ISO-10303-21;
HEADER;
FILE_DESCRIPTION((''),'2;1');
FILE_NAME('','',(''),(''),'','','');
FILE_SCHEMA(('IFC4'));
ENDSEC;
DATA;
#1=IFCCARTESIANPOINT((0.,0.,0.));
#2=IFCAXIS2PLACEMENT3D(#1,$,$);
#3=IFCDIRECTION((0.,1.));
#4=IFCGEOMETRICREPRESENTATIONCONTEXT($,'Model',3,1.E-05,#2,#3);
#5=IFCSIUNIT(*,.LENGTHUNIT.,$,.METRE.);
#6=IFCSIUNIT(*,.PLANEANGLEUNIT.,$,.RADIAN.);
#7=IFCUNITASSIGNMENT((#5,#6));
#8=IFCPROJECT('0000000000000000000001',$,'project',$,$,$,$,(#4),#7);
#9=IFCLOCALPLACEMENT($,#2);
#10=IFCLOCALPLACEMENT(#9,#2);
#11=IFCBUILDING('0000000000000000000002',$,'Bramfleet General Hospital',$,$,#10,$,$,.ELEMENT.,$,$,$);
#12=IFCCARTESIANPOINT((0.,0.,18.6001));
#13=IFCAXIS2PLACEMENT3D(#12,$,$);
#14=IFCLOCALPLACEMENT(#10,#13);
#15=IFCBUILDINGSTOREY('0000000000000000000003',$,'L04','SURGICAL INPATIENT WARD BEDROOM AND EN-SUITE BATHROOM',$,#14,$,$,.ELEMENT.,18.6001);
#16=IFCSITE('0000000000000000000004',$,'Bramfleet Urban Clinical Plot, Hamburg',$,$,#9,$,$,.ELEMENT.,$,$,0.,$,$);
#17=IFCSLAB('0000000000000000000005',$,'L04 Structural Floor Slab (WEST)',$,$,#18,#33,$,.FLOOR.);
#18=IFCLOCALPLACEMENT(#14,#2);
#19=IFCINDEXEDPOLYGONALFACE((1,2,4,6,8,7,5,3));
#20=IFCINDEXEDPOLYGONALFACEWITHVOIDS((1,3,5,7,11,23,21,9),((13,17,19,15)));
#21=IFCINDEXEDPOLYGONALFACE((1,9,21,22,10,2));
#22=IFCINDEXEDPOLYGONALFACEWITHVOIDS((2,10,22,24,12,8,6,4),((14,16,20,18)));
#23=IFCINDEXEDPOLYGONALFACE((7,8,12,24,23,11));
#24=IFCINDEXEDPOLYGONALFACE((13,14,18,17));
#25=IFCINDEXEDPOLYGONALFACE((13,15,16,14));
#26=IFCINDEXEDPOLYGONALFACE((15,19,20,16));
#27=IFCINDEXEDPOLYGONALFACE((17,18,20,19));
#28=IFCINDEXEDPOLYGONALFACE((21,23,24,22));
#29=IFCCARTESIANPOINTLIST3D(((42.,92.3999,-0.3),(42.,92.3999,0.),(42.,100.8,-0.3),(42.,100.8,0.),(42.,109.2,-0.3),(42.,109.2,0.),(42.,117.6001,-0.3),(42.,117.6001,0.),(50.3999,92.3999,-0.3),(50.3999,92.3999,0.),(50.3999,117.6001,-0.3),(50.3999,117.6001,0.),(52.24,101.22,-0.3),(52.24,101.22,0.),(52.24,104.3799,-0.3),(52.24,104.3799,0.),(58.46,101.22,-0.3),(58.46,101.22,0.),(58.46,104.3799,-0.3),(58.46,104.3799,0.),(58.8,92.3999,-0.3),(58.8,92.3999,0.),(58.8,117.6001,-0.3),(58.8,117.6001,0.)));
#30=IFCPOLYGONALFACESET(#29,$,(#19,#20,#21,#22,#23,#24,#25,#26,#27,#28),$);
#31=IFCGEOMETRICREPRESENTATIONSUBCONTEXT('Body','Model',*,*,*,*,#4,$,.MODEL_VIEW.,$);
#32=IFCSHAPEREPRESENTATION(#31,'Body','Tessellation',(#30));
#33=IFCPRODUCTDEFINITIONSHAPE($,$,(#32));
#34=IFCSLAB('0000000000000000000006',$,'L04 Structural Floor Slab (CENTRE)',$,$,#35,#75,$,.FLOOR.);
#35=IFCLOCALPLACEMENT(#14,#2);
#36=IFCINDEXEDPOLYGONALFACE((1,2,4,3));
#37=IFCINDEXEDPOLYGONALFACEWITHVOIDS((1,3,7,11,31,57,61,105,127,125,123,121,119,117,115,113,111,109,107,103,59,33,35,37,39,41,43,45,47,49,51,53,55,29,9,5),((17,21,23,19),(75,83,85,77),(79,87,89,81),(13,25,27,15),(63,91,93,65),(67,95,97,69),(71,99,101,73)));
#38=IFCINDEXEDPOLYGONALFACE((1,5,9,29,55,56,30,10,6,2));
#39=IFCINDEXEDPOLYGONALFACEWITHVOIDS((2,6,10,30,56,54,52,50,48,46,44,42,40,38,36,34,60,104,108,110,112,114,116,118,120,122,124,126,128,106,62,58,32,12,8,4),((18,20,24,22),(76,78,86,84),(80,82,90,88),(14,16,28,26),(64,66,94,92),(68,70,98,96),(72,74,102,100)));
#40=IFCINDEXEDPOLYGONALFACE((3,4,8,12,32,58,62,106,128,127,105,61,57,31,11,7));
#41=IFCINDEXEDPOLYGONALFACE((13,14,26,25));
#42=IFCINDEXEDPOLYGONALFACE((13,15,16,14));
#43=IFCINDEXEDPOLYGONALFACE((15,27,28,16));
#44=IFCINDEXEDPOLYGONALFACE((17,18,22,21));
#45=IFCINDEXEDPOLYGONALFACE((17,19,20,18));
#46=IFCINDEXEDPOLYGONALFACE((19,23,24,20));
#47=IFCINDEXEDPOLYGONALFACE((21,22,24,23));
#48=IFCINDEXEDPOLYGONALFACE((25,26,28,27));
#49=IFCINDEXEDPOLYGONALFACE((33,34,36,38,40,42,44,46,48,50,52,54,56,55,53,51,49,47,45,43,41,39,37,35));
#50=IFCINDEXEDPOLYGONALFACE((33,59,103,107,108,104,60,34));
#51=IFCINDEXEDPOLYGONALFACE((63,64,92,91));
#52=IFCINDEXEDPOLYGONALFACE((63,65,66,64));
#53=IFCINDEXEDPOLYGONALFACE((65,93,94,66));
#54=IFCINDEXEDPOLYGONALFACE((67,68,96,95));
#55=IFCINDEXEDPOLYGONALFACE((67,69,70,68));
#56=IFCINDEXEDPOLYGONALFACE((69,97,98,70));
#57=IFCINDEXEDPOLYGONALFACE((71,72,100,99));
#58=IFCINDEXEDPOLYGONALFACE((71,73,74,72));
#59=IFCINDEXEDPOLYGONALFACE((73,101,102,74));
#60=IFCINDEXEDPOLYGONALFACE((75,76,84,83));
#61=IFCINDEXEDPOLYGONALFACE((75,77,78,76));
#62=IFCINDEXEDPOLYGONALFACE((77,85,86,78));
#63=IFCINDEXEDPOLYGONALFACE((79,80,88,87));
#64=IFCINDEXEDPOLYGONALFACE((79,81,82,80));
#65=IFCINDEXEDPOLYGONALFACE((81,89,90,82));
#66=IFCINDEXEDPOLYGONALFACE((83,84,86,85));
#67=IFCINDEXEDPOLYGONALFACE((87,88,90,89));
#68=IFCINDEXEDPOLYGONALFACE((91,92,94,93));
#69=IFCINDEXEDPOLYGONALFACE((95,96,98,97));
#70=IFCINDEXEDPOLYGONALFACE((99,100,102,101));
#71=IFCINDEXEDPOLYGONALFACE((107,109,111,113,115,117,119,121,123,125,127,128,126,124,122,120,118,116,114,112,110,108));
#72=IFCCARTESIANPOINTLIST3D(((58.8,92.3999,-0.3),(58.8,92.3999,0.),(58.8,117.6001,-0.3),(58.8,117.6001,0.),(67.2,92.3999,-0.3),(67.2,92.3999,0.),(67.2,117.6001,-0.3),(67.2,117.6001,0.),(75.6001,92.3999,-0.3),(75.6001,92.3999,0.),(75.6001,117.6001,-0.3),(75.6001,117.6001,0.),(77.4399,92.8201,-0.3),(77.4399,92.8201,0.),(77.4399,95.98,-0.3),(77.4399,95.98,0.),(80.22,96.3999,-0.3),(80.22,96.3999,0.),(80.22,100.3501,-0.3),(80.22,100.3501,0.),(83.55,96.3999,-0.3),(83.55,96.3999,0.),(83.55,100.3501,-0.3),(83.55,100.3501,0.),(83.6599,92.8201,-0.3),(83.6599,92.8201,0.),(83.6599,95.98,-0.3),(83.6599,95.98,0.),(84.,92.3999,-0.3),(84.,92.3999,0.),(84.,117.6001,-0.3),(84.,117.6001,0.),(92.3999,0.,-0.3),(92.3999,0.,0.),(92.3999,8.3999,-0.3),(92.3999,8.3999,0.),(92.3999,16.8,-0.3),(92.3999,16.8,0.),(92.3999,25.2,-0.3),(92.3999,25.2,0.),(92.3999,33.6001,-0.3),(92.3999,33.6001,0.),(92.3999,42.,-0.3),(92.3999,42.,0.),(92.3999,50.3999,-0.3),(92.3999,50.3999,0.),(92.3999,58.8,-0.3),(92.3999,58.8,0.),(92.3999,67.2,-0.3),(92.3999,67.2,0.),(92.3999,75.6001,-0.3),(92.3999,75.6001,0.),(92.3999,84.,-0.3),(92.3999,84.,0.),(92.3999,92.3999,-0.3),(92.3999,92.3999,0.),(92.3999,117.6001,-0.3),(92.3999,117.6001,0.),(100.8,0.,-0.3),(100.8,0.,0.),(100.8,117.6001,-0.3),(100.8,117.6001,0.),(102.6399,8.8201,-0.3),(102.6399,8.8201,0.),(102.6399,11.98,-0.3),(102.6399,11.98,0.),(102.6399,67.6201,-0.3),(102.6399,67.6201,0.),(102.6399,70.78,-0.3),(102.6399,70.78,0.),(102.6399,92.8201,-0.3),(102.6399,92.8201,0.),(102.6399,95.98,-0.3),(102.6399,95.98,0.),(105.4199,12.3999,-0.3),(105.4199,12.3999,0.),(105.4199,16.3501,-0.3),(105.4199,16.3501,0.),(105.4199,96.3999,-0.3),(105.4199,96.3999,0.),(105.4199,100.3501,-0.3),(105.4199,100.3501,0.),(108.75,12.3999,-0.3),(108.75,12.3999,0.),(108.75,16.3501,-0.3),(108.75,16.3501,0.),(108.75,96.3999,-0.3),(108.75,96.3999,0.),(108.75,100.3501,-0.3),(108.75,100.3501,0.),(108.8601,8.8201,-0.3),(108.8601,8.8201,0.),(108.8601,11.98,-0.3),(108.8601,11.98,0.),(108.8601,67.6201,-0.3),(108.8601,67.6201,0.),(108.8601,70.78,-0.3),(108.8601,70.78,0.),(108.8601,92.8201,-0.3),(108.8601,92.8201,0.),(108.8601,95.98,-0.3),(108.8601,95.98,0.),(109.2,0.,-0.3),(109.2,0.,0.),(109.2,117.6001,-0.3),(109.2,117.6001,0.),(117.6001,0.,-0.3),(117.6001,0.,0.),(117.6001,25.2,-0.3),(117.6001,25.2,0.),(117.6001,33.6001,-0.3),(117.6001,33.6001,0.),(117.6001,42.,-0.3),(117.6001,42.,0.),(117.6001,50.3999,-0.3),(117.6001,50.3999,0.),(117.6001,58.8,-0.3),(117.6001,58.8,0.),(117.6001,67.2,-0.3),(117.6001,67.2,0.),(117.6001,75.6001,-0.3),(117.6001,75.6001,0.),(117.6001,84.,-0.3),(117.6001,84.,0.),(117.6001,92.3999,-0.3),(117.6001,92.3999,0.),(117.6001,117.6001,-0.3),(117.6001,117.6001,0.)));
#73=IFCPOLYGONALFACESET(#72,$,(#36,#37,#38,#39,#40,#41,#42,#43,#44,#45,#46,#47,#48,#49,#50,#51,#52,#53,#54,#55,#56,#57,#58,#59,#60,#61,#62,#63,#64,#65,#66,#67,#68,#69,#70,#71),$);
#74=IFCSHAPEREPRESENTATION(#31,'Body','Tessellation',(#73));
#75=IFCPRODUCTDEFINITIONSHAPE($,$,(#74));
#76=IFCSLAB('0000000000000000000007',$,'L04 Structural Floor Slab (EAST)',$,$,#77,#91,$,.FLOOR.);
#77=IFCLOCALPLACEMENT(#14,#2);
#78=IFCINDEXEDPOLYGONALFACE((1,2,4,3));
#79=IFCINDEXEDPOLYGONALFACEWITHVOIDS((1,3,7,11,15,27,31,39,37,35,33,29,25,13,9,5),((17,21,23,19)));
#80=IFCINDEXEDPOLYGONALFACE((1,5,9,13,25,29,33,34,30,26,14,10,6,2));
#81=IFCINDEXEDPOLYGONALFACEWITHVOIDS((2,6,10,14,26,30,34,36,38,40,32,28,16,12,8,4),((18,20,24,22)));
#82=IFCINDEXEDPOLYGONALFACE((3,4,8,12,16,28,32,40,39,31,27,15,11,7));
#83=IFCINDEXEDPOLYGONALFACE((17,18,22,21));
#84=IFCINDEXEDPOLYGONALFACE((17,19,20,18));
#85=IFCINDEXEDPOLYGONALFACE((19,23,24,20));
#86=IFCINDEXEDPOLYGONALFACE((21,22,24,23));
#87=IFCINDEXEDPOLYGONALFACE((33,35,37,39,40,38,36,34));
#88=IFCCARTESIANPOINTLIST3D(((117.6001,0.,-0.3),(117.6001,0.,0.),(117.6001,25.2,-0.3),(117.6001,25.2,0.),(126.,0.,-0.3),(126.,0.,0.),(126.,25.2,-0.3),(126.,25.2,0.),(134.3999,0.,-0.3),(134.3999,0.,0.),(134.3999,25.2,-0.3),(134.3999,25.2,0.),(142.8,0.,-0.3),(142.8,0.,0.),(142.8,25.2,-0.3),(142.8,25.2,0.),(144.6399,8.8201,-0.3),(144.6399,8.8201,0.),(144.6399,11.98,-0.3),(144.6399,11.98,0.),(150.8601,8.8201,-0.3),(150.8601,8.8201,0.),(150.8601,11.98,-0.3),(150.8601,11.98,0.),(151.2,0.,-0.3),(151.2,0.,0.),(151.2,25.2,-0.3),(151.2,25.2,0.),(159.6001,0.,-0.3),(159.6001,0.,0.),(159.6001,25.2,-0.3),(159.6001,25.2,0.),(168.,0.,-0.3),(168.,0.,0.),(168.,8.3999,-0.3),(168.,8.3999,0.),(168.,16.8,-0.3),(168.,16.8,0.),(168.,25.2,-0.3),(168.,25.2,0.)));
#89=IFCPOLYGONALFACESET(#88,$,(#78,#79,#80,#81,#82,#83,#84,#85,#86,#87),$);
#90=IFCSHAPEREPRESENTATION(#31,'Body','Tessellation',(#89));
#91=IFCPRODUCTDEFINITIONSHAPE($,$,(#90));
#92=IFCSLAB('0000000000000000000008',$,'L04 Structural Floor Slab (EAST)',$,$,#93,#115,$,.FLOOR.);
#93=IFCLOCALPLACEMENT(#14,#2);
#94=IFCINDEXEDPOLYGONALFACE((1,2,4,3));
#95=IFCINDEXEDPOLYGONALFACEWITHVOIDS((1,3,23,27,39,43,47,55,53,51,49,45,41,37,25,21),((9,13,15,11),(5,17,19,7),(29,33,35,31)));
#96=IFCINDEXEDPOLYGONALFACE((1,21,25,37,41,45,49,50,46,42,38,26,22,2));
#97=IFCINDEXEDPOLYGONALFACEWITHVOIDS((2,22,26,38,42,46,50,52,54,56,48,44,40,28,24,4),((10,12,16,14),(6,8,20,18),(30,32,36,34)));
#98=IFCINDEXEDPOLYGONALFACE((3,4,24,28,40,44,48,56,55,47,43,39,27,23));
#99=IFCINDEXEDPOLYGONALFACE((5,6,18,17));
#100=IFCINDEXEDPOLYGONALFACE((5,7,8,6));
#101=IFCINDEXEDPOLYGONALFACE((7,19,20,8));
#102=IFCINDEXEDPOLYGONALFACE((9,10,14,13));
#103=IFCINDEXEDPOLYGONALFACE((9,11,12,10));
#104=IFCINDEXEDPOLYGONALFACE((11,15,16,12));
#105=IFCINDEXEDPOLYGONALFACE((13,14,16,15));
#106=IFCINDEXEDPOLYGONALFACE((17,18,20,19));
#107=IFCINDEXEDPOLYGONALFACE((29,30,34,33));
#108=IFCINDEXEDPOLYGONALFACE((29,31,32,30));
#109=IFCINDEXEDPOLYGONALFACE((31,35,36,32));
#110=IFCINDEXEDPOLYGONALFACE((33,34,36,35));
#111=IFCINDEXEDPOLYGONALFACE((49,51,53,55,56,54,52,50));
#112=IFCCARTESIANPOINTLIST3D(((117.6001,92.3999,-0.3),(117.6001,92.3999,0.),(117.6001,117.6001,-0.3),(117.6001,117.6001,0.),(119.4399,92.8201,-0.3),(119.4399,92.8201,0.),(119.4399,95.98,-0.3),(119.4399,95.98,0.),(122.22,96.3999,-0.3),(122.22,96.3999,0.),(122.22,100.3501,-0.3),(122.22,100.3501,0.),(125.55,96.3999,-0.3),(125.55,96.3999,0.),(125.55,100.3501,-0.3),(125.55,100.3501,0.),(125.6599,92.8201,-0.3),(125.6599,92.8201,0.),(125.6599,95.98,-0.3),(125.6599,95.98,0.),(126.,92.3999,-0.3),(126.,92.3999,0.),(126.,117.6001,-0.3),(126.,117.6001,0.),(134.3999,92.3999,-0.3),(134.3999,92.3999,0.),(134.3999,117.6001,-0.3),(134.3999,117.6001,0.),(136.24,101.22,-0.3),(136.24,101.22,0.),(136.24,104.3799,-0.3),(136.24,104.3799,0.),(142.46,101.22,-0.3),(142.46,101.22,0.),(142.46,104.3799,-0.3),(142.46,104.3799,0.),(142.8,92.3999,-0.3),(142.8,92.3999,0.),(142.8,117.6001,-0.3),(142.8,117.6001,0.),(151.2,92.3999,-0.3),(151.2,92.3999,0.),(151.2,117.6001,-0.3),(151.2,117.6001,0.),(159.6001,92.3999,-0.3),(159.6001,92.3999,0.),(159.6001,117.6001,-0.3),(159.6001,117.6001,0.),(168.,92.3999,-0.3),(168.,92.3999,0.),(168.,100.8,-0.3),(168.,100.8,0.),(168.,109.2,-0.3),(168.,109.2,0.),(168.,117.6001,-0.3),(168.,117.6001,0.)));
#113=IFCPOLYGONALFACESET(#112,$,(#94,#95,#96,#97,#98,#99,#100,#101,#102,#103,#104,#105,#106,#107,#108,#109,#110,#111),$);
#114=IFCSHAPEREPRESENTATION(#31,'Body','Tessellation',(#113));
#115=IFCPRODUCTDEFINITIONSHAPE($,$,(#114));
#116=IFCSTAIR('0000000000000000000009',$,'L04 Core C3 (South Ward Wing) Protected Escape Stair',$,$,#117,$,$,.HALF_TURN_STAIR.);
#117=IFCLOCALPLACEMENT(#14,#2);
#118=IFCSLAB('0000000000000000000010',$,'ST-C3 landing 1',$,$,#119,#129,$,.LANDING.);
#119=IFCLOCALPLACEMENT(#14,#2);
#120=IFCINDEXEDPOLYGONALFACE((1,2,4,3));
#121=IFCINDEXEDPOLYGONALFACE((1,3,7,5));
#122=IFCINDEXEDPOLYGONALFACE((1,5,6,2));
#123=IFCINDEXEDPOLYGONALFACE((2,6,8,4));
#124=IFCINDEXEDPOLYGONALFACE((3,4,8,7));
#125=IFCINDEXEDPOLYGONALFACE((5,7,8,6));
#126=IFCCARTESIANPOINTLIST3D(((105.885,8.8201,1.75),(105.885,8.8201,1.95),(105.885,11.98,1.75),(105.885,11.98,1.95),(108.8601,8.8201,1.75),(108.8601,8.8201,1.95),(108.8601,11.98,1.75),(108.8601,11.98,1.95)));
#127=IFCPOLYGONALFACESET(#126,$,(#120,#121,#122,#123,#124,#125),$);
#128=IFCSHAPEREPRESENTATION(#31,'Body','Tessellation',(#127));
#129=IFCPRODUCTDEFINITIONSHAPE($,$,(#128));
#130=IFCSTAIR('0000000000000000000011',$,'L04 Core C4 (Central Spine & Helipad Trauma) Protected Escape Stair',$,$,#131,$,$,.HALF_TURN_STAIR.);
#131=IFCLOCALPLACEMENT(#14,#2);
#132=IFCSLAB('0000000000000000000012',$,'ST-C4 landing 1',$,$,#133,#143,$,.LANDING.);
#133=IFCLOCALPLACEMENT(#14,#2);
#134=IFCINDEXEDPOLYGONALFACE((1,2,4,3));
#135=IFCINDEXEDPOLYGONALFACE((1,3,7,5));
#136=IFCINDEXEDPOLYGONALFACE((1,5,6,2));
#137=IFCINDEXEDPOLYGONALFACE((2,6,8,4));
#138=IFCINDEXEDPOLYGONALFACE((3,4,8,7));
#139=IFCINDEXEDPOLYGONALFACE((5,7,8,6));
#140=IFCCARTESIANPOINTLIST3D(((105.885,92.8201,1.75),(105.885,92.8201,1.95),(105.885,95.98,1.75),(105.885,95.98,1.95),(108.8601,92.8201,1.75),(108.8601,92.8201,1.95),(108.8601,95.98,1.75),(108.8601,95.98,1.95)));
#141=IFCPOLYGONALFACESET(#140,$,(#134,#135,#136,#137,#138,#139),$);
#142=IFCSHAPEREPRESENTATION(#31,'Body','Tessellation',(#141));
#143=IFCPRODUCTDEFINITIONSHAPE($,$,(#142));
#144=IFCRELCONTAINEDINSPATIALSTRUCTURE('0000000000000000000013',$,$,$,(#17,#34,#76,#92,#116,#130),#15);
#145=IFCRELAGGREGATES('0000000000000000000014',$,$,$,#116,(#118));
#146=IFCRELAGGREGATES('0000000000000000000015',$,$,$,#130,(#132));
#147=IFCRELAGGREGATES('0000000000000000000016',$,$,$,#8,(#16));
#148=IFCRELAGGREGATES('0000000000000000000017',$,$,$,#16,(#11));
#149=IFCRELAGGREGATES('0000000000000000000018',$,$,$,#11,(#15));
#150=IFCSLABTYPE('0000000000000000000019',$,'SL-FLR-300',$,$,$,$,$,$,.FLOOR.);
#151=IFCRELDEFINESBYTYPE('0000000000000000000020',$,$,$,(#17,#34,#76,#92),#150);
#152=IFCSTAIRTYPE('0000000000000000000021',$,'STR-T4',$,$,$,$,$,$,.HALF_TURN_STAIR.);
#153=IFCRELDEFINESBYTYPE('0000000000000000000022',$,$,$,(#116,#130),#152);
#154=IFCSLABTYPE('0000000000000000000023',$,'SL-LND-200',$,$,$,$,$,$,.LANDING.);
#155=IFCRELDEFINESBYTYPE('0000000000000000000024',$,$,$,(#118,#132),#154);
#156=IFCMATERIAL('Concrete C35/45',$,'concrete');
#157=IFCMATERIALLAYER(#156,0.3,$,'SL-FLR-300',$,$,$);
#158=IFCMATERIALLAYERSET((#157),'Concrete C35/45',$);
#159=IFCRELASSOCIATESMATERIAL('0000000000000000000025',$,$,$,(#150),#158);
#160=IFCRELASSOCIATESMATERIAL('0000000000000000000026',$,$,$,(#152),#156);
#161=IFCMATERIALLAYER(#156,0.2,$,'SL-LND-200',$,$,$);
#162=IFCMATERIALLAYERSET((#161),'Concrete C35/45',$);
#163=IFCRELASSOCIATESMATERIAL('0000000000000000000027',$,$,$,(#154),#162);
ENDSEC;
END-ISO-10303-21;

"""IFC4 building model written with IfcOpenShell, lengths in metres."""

from ifc_helpers import new_model, si_unit, direction, frame, origin, place, context, subcontext, project, spatial, polyline, outline, extrude, material, layer, layer_set, type_object, element, aggregate, save


model = new_model("IFC4")

# Units and contexts
model_context = context("Model", 3, precision=1e-05, world=origin(), true_north=direction((0.0, 1.0)))
body_context = subcontext(model_context, "Body", "Model", "MODEL_VIEW")
ifc_project = project(units=[si_unit("LENGTHUNIT", "METRE"), si_unit("PLANEANGLEUNIT", "RADIAN")], contexts=[model_context])

# Site, building, storey
site_placement = place(None, origin())
site = spatial("IfcSite", under=ifc_project, at=site_placement, Name="Bramfleet Urban Clinical Plot, Hamburg", CompositionType="ELEMENT", RefElevation=0.0)
building_placement = place(site_placement, origin())
building = spatial("IfcBuilding", under=site, at=building_placement, Name="Bramfleet General Hospital", CompositionType="ELEMENT")
storey_placement = place(building_placement, frame((0.0, 0.0, 18.6001)))
storey = spatial("IfcBuildingStorey", under=building, at=storey_placement, Name="L04", Description="SURGICAL INPATIENT WARD BEDROOM AND EN-SUITE BATHROOM", CompositionType="ELEMENT", Elevation=18.6001)

# Slabs
ifc_material_1 = material(Name="Concrete C35/45", Category="concrete")
ifc_layer_1 = layer(ifc_material_1, 0.3, Name="SL-FLR-300")
ifc_layer_set_1 = layer_set([ifc_layer_1], Name="Concrete C35/45")
slab_type_1 = type_object("IfcSlabType", Name="SL-FLR-300", PredefinedType="FLOOR", material=ifc_layer_set_1)
slab_1_placement = place(storey_placement, frame((0.0, 0.0, -0.3)))
element("IfcSlab", 1, at=slab_1_placement, inside=storey, type_object=slab_type_1, Name="L04 Structural Floor Slab (WEST)", PredefinedType="FLOOR", context=body_context, shape_type="SweptSolid", body=[
    extrude(outline(polyline([(50.3999, 92.3999), (42.0, 92.3999), (42.0, 100.8), (42.0, 109.2), (42.0, 117.6001), (50.3999, 117.6001), (58.8, 117.6001), (58.8, 92.3999), (50.3999, 92.3999)]), holes=[polyline([(52.24, 101.22), (58.46, 101.22), (58.46, 104.3799), (52.24, 104.3799), (52.24, 101.22)])]), origin(), (0.0, 0.0, 1.0), 0.3),
])
slab_2_placement = place(storey_placement, frame((0.0, 0.0, -0.3)))
element("IfcSlab", 2, at=slab_2_placement, inside=storey, type_object=slab_type_1, Name="L04 Structural Floor Slab (CENTRE)", PredefinedType="FLOOR", context=body_context, shape_type="SweptSolid", body=[
    extrude(outline(polyline([(75.6001, 92.3999), (67.2, 92.3999), (58.8, 92.3999), (58.8, 117.6001), (67.2, 117.6001), (75.6001, 117.6001), (84.0, 117.6001), (92.3999, 117.6001), (100.8, 117.6001), (109.2, 117.6001), (117.6001, 117.6001), (117.6001, 92.3999), (117.6001, 84.0), (117.6001, 75.6001), (117.6001, 67.2), (117.6001, 58.8), (117.6001, 50.3999), (117.6001, 42.0), (117.6001, 33.6001), (117.6001, 25.2), (117.6001, 0.0), (109.2, 0.0), (100.8, 0.0), (92.3999, 0.0), (92.3999, 8.3999), (92.3999, 16.8), (92.3999, 25.2), (92.3999, 33.6001), (92.3999, 42.0), (92.3999, 50.3999), (92.3999, 58.8), (92.3999, 67.2), (92.3999, 75.6001), (92.3999, 84.0), (92.3999, 92.3999), (84.0, 92.3999), (75.6001, 92.3999)]), holes=[polyline([(102.6399, 8.8201), (108.8601, 8.8201), (108.8601, 11.98), (102.6399, 11.98), (102.6399, 8.8201)]), polyline([(105.4199, 12.3999), (108.75, 12.3999), (108.75, 16.3501), (105.4199, 16.3501), (105.4199, 12.3999)]), polyline([(102.6399, 92.8201), (108.8601, 92.8201), (108.8601, 95.98), (102.6399, 95.98), (102.6399, 92.8201)]), polyline([(105.4199, 96.3999), (108.75, 96.3999), (108.75, 100.3501), (105.4199, 100.3501), (105.4199, 96.3999)]), polyline([(77.4399, 92.8201), (83.6599, 92.8201), (83.6599, 95.98), (77.4399, 95.98), (77.4399, 92.8201)]), polyline([(80.22, 96.3999), (83.55, 96.3999), (83.55, 100.3501), (80.22, 100.3501), (80.22, 96.3999)]), polyline([(102.6399, 67.6201), (108.8601, 67.6201), (108.8601, 70.78), (102.6399, 70.78), (102.6399, 67.6201)])]), origin(), (0.0, 0.0, 1.0), 0.3),
])
slab_3_placement = place(storey_placement, frame((0.0, 0.0, -0.3)))
element("IfcSlab", 3, at=slab_3_placement, inside=storey, type_object=slab_type_1, Name="L04 Structural Floor Slab (EAST)", PredefinedType="FLOOR", context=body_context, shape_type="SweptSolid", body=[
    extrude(outline(polyline([(126.0, 25.2), (134.3999, 25.2), (142.8, 25.2), (151.2, 25.2), (159.6001, 25.2), (168.0, 25.2), (168.0, 16.8), (168.0, 8.3999), (168.0, 0.0), (159.6001, 0.0), (151.2, 0.0), (142.8, 0.0), (134.3999, 0.0), (126.0, 0.0), (117.6001, 0.0), (117.6001, 25.2), (126.0, 25.2)]), holes=[polyline([(144.6399, 8.8201), (150.8601, 8.8201), (150.8601, 11.98), (144.6399, 11.98), (144.6399, 8.8201)])]), origin(), (0.0, 0.0, 1.0), 0.3),
])
slab_4_placement = place(storey_placement, frame((0.0, 0.0, -0.3)))
element("IfcSlab", 4, at=slab_4_placement, inside=storey, type_object=slab_type_1, Name="L04 Structural Floor Slab (EAST)", PredefinedType="FLOOR", context=body_context, shape_type="SweptSolid", body=[
    extrude(outline(polyline([(126.0, 117.6001), (134.3999, 117.6001), (142.8, 117.6001), (151.2, 117.6001), (159.6001, 117.6001), (168.0, 117.6001), (168.0, 109.2), (168.0, 100.8), (168.0, 92.3999), (159.6001, 92.3999), (151.2, 92.3999), (142.8, 92.3999), (134.3999, 92.3999), (126.0, 92.3999), (117.6001, 92.3999), (117.6001, 117.6001), (126.0, 117.6001)]), holes=[polyline([(119.4399, 92.8201), (125.6599, 92.8201), (125.6599, 95.98), (119.4399, 95.98), (119.4399, 92.8201)]), polyline([(122.22, 96.3999), (125.55, 96.3999), (125.55, 100.3501), (122.22, 100.3501), (122.22, 96.3999)]), polyline([(136.24, 101.22), (142.46, 101.22), (142.46, 104.3799), (136.24, 104.3799), (136.24, 101.22)])]), origin(), (0.0, 0.0, 1.0), 0.3),
])

# Stairs, slabs
stair_type = type_object("IfcStairType", Name="STR-T4", PredefinedType="HALF_TURN_STAIR", material=ifc_material_1)
stair_1_placement = place(storey_placement, origin())
stair_1 = element("IfcStair", 5, at=stair_1_placement, inside=storey, type_object=stair_type, Name="L04 Core C3 (South Ward Wing) Protected Escape Stair", PredefinedType="HALF_TURN_STAIR")
ifc_layer_2 = layer(ifc_material_1, 0.2, Name="SL-LND-200")
ifc_layer_set_2 = layer_set([ifc_layer_2], Name="Concrete C35/45")
slab_type_2 = type_object("IfcSlabType", Name="SL-LND-200", PredefinedType="LANDING", material=ifc_layer_set_2)
slab_5_placement = place(storey_placement, frame((0.0, 0.0, 1.75)))
slab_5 = element("IfcSlab", 6, at=slab_5_placement, type_object=slab_type_2, Name="ST-C3 landing 1", PredefinedType="LANDING", context=body_context, shape_type="SweptSolid", body=[
    extrude(outline(polyline([(105.885, 8.8201), (108.8601, 8.8201), (108.8601, 11.98), (105.885, 11.98), (105.885, 8.8201)])), origin(), (0.0, 0.0, 1.0), 0.2),
])
aggregate(stair_1, [slab_5])
stair_2_placement = place(storey_placement, origin())
stair_2 = element("IfcStair", 7, at=stair_2_placement, inside=storey, type_object=stair_type, Name="L04 Core C4 (Central Spine & Helipad Trauma) Protected Escape Stair", PredefinedType="HALF_TURN_STAIR")
slab_6_placement = place(storey_placement, frame((0.0, 0.0, 1.75)))
slab_6 = element("IfcSlab", 8, at=slab_6_placement, type_object=slab_type_2, Name="ST-C4 landing 1", PredefinedType="LANDING", context=body_context, shape_type="SweptSolid", body=[
    extrude(outline(polyline([(105.885, 92.8201), (108.8601, 92.8201), (108.8601, 95.98), (105.885, 95.98), (105.885, 92.8201)])), origin(), (0.0, 0.0, 1.0), 0.2),
])
aggregate(stair_2, [slab_6])

save(model, "model.ifc")
